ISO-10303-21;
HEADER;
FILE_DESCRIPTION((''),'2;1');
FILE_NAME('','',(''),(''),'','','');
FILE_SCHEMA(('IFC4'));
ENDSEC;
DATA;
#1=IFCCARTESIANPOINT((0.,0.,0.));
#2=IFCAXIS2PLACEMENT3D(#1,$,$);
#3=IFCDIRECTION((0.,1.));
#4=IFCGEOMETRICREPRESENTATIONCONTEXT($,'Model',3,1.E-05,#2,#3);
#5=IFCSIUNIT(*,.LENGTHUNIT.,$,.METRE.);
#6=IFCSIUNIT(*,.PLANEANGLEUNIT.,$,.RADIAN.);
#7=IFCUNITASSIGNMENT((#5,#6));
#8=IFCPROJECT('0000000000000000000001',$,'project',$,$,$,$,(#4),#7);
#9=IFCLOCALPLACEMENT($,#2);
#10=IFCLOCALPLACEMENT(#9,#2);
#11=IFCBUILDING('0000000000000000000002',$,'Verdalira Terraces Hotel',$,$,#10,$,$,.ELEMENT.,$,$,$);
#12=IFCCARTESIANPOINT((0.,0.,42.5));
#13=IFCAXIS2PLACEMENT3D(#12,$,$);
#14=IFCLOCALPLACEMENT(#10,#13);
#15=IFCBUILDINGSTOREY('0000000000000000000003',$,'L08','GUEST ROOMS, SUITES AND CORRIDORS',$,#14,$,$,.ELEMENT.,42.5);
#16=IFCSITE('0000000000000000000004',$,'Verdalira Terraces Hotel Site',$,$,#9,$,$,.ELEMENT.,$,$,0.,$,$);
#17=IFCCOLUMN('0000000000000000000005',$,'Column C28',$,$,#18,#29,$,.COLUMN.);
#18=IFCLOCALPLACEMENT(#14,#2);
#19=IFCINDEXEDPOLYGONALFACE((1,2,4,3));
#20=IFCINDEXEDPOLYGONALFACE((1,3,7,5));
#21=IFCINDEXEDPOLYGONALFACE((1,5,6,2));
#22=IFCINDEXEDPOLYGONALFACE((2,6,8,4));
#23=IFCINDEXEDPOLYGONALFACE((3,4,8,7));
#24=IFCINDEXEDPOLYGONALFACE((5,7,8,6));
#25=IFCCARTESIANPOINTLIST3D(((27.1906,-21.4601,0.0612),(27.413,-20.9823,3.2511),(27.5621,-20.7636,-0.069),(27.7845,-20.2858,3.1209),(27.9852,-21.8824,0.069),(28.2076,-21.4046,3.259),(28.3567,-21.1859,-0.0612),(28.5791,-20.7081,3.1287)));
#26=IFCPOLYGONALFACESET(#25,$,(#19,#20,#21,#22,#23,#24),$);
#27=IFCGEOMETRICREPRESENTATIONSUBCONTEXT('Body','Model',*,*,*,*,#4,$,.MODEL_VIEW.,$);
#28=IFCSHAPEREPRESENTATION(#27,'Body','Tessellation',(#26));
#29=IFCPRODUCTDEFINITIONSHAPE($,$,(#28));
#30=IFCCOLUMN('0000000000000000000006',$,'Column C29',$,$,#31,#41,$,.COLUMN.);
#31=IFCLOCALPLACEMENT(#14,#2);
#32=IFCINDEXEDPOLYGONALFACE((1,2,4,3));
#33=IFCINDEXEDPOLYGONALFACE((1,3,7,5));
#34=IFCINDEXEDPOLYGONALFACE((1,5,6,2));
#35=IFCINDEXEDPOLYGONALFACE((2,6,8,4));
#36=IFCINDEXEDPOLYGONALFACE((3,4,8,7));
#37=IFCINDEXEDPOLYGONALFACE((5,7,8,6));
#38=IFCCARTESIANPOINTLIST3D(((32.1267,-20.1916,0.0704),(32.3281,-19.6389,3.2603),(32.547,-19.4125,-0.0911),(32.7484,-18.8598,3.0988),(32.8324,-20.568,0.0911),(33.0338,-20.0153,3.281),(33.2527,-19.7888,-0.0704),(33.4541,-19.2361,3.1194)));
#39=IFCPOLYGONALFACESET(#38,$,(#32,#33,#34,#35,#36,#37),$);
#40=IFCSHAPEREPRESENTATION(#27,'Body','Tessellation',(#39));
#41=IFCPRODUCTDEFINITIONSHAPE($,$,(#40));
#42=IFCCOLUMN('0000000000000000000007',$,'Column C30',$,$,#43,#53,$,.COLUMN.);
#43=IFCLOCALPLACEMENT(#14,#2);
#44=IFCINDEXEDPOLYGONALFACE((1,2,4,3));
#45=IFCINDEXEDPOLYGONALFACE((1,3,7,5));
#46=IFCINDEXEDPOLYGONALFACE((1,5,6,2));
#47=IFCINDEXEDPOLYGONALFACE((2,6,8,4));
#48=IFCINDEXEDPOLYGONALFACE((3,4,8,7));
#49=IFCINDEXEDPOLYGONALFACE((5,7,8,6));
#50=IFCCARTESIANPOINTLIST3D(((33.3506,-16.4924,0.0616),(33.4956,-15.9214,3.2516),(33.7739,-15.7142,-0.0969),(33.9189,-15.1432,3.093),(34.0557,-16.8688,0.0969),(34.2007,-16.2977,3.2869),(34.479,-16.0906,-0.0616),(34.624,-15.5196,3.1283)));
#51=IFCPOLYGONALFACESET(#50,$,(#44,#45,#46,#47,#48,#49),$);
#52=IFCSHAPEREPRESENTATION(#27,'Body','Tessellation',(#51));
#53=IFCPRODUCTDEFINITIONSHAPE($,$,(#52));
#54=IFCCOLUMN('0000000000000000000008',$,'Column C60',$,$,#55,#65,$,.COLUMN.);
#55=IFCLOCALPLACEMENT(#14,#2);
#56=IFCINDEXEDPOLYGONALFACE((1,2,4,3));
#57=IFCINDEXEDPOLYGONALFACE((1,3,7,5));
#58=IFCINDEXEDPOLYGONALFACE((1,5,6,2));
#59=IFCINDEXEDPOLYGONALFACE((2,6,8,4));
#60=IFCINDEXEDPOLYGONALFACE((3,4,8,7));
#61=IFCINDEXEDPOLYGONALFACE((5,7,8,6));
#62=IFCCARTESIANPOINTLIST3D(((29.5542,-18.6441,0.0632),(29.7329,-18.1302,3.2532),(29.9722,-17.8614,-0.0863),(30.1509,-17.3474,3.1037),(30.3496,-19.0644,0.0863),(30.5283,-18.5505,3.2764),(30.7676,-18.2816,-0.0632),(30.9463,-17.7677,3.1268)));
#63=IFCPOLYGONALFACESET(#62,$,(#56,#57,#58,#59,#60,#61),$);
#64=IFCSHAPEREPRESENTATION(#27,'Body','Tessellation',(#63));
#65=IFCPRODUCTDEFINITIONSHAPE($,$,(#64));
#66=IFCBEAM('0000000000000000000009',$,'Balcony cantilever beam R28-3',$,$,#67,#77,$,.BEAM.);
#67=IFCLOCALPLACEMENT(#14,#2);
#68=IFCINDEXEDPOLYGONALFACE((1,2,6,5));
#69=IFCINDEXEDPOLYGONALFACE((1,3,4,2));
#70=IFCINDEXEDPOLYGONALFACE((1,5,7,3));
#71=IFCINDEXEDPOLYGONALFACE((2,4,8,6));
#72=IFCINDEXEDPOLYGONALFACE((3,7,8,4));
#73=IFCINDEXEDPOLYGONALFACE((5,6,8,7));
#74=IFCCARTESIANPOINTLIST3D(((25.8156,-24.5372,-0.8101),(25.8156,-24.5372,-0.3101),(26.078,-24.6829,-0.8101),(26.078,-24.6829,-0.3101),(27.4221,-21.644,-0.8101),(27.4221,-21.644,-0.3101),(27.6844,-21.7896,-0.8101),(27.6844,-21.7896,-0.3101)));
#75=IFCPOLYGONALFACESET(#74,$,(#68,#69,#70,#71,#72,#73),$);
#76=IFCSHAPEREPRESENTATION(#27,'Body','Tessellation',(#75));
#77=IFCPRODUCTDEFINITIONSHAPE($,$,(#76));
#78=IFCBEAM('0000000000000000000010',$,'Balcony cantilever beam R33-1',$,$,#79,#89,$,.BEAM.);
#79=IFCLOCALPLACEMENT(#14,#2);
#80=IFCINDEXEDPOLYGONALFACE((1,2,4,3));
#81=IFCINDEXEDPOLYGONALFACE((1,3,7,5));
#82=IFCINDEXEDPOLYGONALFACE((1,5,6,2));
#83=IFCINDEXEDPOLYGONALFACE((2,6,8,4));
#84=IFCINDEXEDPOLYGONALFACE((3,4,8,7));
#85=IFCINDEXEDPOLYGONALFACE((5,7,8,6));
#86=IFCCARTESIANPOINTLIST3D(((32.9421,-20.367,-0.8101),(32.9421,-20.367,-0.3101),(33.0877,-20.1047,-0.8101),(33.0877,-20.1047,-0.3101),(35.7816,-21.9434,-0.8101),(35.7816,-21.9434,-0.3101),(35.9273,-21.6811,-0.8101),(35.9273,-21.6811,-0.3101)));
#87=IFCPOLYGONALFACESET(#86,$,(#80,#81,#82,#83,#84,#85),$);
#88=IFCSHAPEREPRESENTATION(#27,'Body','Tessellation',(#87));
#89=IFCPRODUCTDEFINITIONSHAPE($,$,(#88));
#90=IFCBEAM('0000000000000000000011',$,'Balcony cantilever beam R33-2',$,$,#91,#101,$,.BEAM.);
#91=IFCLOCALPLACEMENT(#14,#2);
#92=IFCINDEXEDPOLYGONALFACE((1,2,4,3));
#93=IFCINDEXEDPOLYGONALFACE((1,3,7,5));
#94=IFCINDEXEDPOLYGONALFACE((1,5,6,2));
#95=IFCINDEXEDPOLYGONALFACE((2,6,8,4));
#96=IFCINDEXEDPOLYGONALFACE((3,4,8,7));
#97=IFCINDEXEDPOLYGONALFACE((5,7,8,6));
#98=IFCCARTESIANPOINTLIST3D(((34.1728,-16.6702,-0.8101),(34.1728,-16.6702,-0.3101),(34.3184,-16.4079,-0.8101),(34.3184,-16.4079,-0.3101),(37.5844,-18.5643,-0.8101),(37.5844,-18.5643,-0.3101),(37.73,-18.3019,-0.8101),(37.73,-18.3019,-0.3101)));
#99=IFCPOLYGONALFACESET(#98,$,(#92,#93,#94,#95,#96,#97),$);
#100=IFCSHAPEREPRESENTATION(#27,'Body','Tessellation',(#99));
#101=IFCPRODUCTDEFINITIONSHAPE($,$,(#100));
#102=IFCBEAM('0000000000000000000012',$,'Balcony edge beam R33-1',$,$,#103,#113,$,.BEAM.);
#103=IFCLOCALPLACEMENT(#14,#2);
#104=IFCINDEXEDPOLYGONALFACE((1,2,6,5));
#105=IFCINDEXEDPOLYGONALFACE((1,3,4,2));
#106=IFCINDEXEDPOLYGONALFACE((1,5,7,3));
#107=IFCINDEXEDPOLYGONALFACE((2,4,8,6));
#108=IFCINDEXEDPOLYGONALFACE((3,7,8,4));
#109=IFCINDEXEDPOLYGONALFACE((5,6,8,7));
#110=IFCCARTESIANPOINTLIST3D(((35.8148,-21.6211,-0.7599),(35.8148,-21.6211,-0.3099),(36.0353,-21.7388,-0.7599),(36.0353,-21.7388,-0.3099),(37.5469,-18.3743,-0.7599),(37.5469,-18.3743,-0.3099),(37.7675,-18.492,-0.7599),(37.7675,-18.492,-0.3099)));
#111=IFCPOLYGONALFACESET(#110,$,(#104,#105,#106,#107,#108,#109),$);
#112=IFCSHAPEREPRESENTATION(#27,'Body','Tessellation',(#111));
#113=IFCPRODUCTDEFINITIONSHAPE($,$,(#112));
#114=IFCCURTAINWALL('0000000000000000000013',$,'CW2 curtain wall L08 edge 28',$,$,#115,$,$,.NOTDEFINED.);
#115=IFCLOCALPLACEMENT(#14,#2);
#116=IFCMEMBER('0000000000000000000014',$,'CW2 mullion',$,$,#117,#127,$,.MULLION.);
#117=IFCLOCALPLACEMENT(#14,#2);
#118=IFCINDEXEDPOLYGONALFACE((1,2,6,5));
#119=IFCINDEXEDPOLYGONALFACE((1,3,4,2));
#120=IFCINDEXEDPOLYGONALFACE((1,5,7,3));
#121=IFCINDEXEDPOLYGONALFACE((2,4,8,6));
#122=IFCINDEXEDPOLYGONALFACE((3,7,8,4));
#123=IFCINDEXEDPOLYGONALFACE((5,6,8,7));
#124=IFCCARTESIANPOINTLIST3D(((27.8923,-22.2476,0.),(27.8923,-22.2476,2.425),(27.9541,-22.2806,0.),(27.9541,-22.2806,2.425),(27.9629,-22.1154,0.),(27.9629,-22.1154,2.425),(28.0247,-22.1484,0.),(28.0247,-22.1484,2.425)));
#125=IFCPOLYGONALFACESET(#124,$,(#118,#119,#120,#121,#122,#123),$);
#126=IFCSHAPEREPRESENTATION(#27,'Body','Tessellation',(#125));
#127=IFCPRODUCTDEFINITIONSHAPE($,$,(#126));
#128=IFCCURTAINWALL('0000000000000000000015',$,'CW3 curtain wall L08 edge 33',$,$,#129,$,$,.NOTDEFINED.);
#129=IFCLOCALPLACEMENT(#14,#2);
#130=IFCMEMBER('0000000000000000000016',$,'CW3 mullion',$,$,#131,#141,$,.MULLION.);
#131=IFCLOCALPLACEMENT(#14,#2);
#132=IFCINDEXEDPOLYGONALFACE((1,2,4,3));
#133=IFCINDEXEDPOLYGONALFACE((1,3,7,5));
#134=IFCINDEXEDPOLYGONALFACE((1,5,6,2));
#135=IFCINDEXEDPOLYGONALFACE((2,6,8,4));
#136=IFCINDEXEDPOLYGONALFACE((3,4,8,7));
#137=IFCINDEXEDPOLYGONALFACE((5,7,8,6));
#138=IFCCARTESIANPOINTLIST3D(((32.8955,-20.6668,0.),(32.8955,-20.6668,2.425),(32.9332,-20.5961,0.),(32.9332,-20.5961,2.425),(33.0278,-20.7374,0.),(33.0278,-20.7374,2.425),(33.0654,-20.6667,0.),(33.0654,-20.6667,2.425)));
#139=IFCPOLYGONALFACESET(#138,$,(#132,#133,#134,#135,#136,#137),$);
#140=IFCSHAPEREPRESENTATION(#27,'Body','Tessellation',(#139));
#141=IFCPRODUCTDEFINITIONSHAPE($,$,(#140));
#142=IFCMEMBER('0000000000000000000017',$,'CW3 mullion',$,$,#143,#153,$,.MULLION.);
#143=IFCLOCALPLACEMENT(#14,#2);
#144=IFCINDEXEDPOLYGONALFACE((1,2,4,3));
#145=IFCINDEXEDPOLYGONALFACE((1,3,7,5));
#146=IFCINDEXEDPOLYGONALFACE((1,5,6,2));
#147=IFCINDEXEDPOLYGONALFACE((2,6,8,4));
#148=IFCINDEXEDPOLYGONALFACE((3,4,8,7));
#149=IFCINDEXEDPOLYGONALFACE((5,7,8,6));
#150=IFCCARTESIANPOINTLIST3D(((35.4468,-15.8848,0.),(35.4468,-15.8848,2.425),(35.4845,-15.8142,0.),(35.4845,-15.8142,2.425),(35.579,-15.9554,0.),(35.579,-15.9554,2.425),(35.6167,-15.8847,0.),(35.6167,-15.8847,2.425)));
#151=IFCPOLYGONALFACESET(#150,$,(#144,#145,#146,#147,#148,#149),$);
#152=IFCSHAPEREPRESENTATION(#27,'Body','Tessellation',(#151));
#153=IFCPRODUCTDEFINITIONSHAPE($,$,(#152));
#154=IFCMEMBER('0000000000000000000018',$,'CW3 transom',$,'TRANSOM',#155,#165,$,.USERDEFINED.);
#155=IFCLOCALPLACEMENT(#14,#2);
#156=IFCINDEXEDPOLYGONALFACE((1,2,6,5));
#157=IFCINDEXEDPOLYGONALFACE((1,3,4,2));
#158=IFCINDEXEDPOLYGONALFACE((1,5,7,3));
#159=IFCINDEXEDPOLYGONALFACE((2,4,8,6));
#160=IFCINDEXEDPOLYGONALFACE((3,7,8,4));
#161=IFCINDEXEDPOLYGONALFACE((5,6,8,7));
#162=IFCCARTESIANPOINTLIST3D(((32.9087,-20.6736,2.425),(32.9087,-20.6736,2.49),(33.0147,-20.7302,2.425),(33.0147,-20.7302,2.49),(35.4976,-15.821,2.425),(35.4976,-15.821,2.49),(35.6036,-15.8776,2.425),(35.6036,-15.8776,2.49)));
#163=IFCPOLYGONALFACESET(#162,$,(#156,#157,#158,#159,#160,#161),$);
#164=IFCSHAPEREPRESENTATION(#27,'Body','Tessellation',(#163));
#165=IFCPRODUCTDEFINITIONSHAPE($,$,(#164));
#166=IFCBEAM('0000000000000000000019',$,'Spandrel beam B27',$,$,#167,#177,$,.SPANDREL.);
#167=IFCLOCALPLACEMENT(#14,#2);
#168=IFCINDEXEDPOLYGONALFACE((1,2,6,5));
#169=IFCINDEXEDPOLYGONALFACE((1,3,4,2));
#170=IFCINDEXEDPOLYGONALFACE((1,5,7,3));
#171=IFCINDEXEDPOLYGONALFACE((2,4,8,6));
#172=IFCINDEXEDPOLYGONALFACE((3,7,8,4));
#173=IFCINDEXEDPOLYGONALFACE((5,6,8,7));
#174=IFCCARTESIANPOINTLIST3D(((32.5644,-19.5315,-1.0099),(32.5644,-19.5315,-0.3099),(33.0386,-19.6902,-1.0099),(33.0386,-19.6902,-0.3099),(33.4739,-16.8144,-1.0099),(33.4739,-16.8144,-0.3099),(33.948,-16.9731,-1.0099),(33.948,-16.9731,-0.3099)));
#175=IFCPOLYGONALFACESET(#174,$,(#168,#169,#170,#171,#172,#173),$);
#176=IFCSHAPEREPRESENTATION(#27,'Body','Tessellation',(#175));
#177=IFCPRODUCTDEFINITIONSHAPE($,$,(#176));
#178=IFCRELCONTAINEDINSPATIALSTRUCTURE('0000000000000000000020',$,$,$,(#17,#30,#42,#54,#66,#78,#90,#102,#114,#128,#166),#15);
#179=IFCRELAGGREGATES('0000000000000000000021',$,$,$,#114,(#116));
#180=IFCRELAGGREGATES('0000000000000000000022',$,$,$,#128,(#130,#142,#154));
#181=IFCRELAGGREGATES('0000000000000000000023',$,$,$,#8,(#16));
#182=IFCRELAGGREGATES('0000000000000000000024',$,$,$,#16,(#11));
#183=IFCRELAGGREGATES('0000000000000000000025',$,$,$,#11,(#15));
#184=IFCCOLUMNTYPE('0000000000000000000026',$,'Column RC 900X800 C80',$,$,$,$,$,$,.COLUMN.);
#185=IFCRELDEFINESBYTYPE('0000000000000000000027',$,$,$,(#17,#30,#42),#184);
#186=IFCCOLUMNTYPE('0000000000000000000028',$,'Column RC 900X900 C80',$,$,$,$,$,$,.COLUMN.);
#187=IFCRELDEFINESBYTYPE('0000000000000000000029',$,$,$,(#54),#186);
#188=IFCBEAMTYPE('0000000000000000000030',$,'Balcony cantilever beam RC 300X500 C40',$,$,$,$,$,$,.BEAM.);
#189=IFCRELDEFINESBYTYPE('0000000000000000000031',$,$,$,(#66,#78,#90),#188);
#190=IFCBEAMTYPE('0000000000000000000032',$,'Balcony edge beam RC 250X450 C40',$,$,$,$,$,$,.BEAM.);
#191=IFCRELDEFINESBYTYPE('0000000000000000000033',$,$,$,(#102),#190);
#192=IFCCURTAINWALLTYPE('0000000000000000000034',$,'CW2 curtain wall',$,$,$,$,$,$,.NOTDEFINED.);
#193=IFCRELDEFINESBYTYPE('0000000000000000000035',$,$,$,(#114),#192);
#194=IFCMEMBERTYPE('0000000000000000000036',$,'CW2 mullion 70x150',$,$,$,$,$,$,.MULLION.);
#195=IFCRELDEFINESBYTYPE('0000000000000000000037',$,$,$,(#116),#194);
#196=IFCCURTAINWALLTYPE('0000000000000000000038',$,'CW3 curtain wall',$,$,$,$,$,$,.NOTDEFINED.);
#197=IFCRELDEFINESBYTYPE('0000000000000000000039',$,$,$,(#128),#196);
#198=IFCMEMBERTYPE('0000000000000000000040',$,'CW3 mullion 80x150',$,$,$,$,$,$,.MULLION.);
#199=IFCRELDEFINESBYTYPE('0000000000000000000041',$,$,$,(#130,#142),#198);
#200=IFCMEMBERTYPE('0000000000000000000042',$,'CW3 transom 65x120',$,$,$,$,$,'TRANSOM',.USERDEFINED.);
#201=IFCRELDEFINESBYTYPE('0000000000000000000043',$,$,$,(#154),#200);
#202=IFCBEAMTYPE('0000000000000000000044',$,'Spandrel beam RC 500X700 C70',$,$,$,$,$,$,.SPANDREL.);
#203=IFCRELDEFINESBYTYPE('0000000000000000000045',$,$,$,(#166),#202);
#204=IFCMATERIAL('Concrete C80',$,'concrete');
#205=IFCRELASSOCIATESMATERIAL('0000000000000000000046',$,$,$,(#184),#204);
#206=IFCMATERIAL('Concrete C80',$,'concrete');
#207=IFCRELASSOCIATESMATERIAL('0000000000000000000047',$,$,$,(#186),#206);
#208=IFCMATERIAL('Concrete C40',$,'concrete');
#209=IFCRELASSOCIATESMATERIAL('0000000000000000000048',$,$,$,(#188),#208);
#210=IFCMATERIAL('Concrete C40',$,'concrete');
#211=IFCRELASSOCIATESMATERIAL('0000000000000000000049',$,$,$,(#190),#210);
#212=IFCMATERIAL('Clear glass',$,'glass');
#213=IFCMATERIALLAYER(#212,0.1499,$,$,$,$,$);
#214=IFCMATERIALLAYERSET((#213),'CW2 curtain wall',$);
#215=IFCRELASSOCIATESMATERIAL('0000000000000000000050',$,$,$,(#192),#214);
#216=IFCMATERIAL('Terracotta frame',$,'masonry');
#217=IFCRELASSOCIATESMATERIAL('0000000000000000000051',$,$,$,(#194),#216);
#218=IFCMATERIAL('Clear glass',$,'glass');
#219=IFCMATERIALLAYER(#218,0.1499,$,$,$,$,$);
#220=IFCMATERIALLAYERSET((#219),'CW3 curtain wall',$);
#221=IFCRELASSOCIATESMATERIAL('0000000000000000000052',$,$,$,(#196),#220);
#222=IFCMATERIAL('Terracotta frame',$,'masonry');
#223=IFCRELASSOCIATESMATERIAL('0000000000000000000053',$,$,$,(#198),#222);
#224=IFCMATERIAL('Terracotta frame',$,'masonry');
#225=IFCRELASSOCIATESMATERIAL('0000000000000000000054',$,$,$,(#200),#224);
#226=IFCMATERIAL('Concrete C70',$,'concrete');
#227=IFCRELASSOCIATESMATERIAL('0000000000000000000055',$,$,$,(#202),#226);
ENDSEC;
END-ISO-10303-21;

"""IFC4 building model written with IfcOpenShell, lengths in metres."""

from ifc_helpers import new_model, si_unit, direction, frame, origin, origin_2d, place, context, subcontext, project, spatial, rectangle, extrude, material, layer, layer_set, material_profile, profile_set, type_object, element, aggregate, save


model = new_model("IFC4")

# Units and contexts
model_context = context("Model", 3, precision=1e-05, world=origin(), true_north=direction((0.0, 1.0)))
body_context = subcontext(model_context, "Body", "Model", "MODEL_VIEW")
ifc_project = project(units=[si_unit("LENGTHUNIT", "METRE"), si_unit("PLANEANGLEUNIT", "RADIAN")], contexts=[model_context])

# Site, building, storey
site_placement = place(None, origin())
site = spatial("IfcSite", under=ifc_project, at=site_placement, Name="Verdalira Terraces Hotel Site", CompositionType="ELEMENT", RefElevation=0.0)
building_placement = place(site_placement, origin())
building = spatial("IfcBuilding", under=site, at=building_placement, Name="Verdalira Terraces Hotel", CompositionType="ELEMENT")
storey_placement = place(building_placement, frame((0.0, 0.0, 42.5)))
storey = spatial("IfcBuildingStorey", under=building, at=storey_placement, Name="L08", Description="GUEST ROOMS, SUITES AND CORRIDORS", CompositionType="ELEMENT", Elevation=42.5)

# Columns
ifc_material_1 = material(Name="Concrete C80", Category="concrete")
ifc_material_profile_1 = material_profile(ifc_material_1, rectangle(XDim=0.8999, YDim=0.8, at=origin_2d()), Name="RC 900X800")
ifc_profile_set_1 = profile_set([ifc_material_profile_1], Name="Concrete C80")
column_type_1 = type_object("IfcColumnType", Name="Column RC 900X800 C80", PredefinedType="COLUMN", material=ifc_profile_set_1)
column_1_placement = place(storey_placement, frame((27.7737, -21.323, 0.0), z_axis=(0.06879, 0.147775, 0.986626), x_axis=(0.882983, -0.469324, 0.00873)))
element("IfcColumn", 1, at=column_1_placement, inside=storey, type_object=column_type_1, Name="Column C28", PredefinedType="COLUMN", context=body_context, shape_type="SweptSolid", body=[
    extrude(rectangle(XDim=0.8999, YDim=0.8, at=origin_2d()), origin(), (0.0, 0.0, 1.0), 3.2332),
])
column_2_placement = place(storey_placement, frame((32.6897, -19.9902, 0.0), z_axis=(0.062094, 0.170401, 0.983416), x_axis=(0.467009, 0.865839, -0.179515)))
element("IfcColumn", 2, at=column_2_placement, inside=storey, type_object=column_type_1, Name="Column C29", PredefinedType="COLUMN", context=body_context, shape_type="SweptSolid", body=[
    extrude(rectangle(XDim=0.8999, YDim=0.8, at=origin_2d()), origin(), (0.0, 0.0, 1.0), 3.2437),
])
column_3_placement = place(storey_placement, frame((33.9148, -16.2915, 0.0), z_axis=(0.044705, 0.176037, 0.983368), x_axis=(0.470372, 0.864703, -0.176178)))
element("IfcColumn", 3, at=column_3_placement, inside=storey, type_object=column_type_1, Name="Column C30", PredefinedType="COLUMN", context=body_context, shape_type="SweptSolid", body=[
    extrude(rectangle(XDim=0.8999, YDim=0.8, at=origin_2d()), origin(), (0.0, 0.0, 1.0), 3.2439),
])
ifc_material_2 = material(Name="Concrete C80", Category="concrete")
ifc_material_profile_2 = material_profile(ifc_material_2, rectangle(XDim=0.8999, YDim=0.8999, at=origin_2d()), Name="RC 900X900")
ifc_profile_set_2 = profile_set([ifc_material_profile_2], Name="Concrete C80")
column_type_2 = type_object("IfcColumnType", Name="Column RC 900X900 C80", PredefinedType="COLUMN", material=ifc_profile_set_2)
column_4_placement = place(storey_placement, frame((30.1609, -18.4629, 0.0), z_axis=(0.055226, 0.158812, 0.985763), x_axis=(0.883868, -0.467029, 0.025724)))
element("IfcColumn", 4, at=column_4_placement, inside=storey, type_object=column_type_2, Name="Column C60", PredefinedType="COLUMN", context=body_context, shape_type="SweptSolid", body=[
    extrude(rectangle(XDim=0.8999, YDim=0.8999, at=origin_2d()), origin(), (0.0, 0.0, 1.0), 3.2361),
])

# Beams
ifc_material_3 = material(Name="Concrete C40", Category="concrete")
ifc_material_profile_3 = material_profile(ifc_material_3, rectangle(XDim=0.3, YDim=0.5, at=origin_2d()), Name="RC 300X500")
ifc_profile_set_3 = profile_set([ifc_material_profile_3], Name="Concrete C40")
beam_type_1 = type_object("IfcBeamType", Name="Balcony cantilever beam RC 300X500 C40", PredefinedType="BEAM", material=ifc_profile_set_3)
beam_1_placement = place(storey_placement, frame((27.5532, -21.7168, -0.5601), z_axis=(-0.485424, -0.874279, 0.0), x_axis=(0.874279, -0.485424, 0.0)))
element("IfcBeam", 5, at=beam_1_placement, inside=storey, type_object=beam_type_1, Name="Balcony cantilever beam R28-3", PredefinedType="BEAM", context=body_context, shape_type="SweptSolid", body=[
    extrude(rectangle(XDim=0.3, YDim=0.5, at=origin_2d()), origin(), (0.0, 0.0, 1.0), 3.3093),
])
beam_2_placement = place(storey_placement, frame((33.0149, -20.2358, -0.5601), z_axis=(0.874306, -0.485375, 0.0), x_axis=(0.485375, 0.874306, 0.0)))
element("IfcBeam", 6, at=beam_2_placement, inside=storey, type_object=beam_type_1, Name="Balcony cantilever beam R33-1", PredefinedType="BEAM", context=body_context, shape_type="SweptSolid", body=[
    extrude(rectangle(XDim=0.3, YDim=0.5, at=origin_2d()), origin(), (0.0, 0.0, 1.0), 3.2478),
])
beam_3_placement = place(storey_placement, frame((34.2456, -16.5391, -0.5601), z_axis=(0.874299, -0.485388, 0.0), x_axis=(0.485388, 0.874299, 0.0)))
element("IfcBeam", 7, at=beam_3_placement, inside=storey, type_object=beam_type_1, Name="Balcony cantilever beam R33-2", PredefinedType="BEAM", context=body_context, shape_type="SweptSolid", body=[
    extrude(rectangle(XDim=0.3, YDim=0.5, at=origin_2d()), origin(), (0.0, 0.0, 1.0), 3.9021),
])
ifc_material_4 = material(Name="Concrete C40", Category="concrete")
ifc_material_profile_4 = material_profile(ifc_material_4, rectangle(XDim=0.25, YDim=0.45, at=origin_2d()), Name="RC 250X450")
ifc_profile_set_4 = profile_set([ifc_material_profile_4], Name="Concrete C40")
beam_type_2 = type_object("IfcBeamType", Name="Balcony edge beam RC 250X450 C40", PredefinedType="BEAM", material=ifc_profile_set_4)
beam_4_placement = place(storey_placement, frame((35.925, -21.6799, -0.5349), z_axis=(0.470702, 0.882292, 0.0), x_axis=(-0.882292, 0.470702, 0.0)))
element("IfcBeam", 8, at=beam_4_placement, inside=storey, type_object=beam_type_2, Name="Balcony edge beam R33-1", PredefinedType="BEAM", context=body_context, shape_type="SweptSolid", body=[
    extrude(rectangle(XDim=0.25, YDim=0.45, at=origin_2d()), origin(), (0.0, 0.0, 1.0), 3.6799),
])

# Curtain wall, member
ifc_material_5 = material(Name="Clear glass", Category="glass")
ifc_layer_1 = layer(ifc_material_5, 0.1499)
ifc_layer_set_1 = layer_set([ifc_layer_1], Name="CW2 curtain wall")
curtain_wall_type_1 = type_object("IfcCurtainWallType", Name="CW2 curtain wall", PredefinedType="NOTDEFINED", material=ifc_layer_set_1)
curtain_wall_1_placement = place(storey_placement, origin())
curtain_wall_1 = element("IfcCurtainWall", 9, at=curtain_wall_1_placement, inside=storey, type_object=curtain_wall_type_1, Name="CW2 curtain wall L08 edge 28", PredefinedType="NOTDEFINED")
ifc_material_6 = material(Name="Terracotta frame", Category="masonry")
ifc_material_profile_5 = material_profile(ifc_material_6, rectangle(XDim=0.0701, YDim=0.1499, at=origin_2d()), Name="MU 70x150")
ifc_profile_set_5 = profile_set([ifc_material_profile_5], Name="Terracotta frame")
member_type_1 = type_object("IfcMemberType", Name="CW2 mullion 70x150", PredefinedType="MULLION", material=ifc_profile_set_5)
member_1_placement = place(storey_placement, frame((27.9585, -22.198, 0.0), z_axis=(0.0, 0.0, 1.0), x_axis=(0.882291, -0.470704, 0.0)))
member_1 = element("IfcMember", 10, at=member_1_placement, type_object=member_type_1, Name="CW2 mullion", PredefinedType="MULLION", context=body_context, shape_type="SweptSolid", body=[
    extrude(rectangle(XDim=0.0701, YDim=0.1499, at=origin_2d()), origin(), (0.0, 0.0, 1.0), 2.425),
])
aggregate(curtain_wall_1, [member_1])

# Curtain wall, members
ifc_material_7 = material(Name="Clear glass", Category="glass")
ifc_layer_2 = layer(ifc_material_7, 0.1499)
ifc_layer_set_2 = layer_set([ifc_layer_2], Name="CW3 curtain wall")
curtain_wall_type_2 = type_object("IfcCurtainWallType", Name="CW3 curtain wall", PredefinedType="NOTDEFINED", material=ifc_layer_set_2)
curtain_wall_2_placement = place(storey_placement, origin())
curtain_wall_2 = element("IfcCurtainWall", 11, at=curtain_wall_2_placement, inside=storey, type_object=curtain_wall_type_2, Name="CW3 curtain wall L08 edge 33", PredefinedType="NOTDEFINED")
ifc_material_8 = material(Name="Terracotta frame", Category="masonry")
ifc_material_profile_6 = material_profile(ifc_material_8, rectangle(XDim=0.0801, YDim=0.1499, at=origin_2d()), Name="MU 80x150")
ifc_profile_set_6 = profile_set([ifc_material_profile_6], Name="Terracotta frame")
member_type_2 = type_object("IfcMemberType", Name="CW3 mullion 80x150", PredefinedType="MULLION", material=ifc_profile_set_6)
member_2_placement = place(storey_placement, frame((32.9805, -20.6667, 0.0), z_axis=(0.0, 0.0, 1.0), x_axis=(0.470704, 0.882291, 0.0)))
member_2 = element("IfcMember", 12, at=member_2_placement, type_object=member_type_2, Name="CW3 mullion", PredefinedType="MULLION", context=body_context, shape_type="SweptSolid", body=[
    extrude(rectangle(XDim=0.0801, YDim=0.1499, at=origin_2d()), origin(), (0.0, 0.0, 1.0), 2.425),
])
member_3_placement = place(storey_placement, frame((35.5317, -15.8848, 0.0), z_axis=(0.0, 0.0, 1.0), x_axis=(0.470704, 0.882291, 0.0)))
member_3 = element("IfcMember", 13, at=member_3_placement, type_object=member_type_2, Name="CW3 mullion", PredefinedType="MULLION", context=body_context, shape_type="SweptSolid", body=[
    extrude(rectangle(XDim=0.0801, YDim=0.1499, at=origin_2d()), origin(), (0.0, 0.0, 1.0), 2.425),
])
ifc_material_9 = material(Name="Terracotta frame", Category="masonry")
ifc_material_profile_7 = material_profile(ifc_material_9, rectangle(XDim=0.1201, YDim=0.0649, at=origin_2d()), Name="TR 65x120")
ifc_profile_set_7 = profile_set([ifc_material_profile_7], Name="Terracotta frame")
member_type_3 = type_object("IfcMemberType", Name="CW3 transom 65x120", ElementType="TRANSOM", PredefinedType="USERDEFINED", material=ifc_profile_set_7)
member_4_placement = place(storey_placement, frame((32.9617, -20.7019, 2.4575), z_axis=(0.470708, 0.882289, 0.0), x_axis=(-0.882289, 0.470708, 0.0)))
member_4 = element("IfcMember", 14, at=member_4_placement, type_object=member_type_3, Name="CW3 transom", ObjectType="TRANSOM", PredefinedType="USERDEFINED", context=body_context, shape_type="SweptSolid", body=[
    extrude(rectangle(XDim=0.1201, YDim=0.0649, at=origin_2d()), origin(), (0.0, 0.0, 1.0), 5.5),
])

# Beam
ifc_material_10 = material(Name="Concrete C70", Category="concrete")
ifc_material_profile_8 = material_profile(ifc_material_10, rectangle(XDim=0.5, YDim=0.7, at=origin_2d()), Name="RC 500X700")
ifc_profile_set_8 = profile_set([ifc_material_profile_8], Name="Concrete C70")
beam_type_3 = type_object("IfcBeamType", Name="Spandrel beam RC 500X700 C70", PredefinedType="SPANDREL", material=ifc_profile_set_8)
beam_5_placement = place(storey_placement, frame((32.8015, -19.6108, -0.6599), z_axis=(0.317403, 0.948291, 0.0), x_axis=(-0.948291, 0.317403, 0.0)))
element("IfcBeam", 15, at=beam_5_placement, inside=storey, type_object=beam_type_3, Name="Spandrel beam B27", PredefinedType="SPANDREL", context=body_context, shape_type="SweptSolid", body=[
    extrude(rectangle(XDim=0.5, YDim=0.7, at=origin_2d()), origin(), (0.0, 0.0, 1.0), 2.8652),
])

aggregate(curtain_wall_2, [member_2, member_3, member_4])

save(model, "model.ifc")
